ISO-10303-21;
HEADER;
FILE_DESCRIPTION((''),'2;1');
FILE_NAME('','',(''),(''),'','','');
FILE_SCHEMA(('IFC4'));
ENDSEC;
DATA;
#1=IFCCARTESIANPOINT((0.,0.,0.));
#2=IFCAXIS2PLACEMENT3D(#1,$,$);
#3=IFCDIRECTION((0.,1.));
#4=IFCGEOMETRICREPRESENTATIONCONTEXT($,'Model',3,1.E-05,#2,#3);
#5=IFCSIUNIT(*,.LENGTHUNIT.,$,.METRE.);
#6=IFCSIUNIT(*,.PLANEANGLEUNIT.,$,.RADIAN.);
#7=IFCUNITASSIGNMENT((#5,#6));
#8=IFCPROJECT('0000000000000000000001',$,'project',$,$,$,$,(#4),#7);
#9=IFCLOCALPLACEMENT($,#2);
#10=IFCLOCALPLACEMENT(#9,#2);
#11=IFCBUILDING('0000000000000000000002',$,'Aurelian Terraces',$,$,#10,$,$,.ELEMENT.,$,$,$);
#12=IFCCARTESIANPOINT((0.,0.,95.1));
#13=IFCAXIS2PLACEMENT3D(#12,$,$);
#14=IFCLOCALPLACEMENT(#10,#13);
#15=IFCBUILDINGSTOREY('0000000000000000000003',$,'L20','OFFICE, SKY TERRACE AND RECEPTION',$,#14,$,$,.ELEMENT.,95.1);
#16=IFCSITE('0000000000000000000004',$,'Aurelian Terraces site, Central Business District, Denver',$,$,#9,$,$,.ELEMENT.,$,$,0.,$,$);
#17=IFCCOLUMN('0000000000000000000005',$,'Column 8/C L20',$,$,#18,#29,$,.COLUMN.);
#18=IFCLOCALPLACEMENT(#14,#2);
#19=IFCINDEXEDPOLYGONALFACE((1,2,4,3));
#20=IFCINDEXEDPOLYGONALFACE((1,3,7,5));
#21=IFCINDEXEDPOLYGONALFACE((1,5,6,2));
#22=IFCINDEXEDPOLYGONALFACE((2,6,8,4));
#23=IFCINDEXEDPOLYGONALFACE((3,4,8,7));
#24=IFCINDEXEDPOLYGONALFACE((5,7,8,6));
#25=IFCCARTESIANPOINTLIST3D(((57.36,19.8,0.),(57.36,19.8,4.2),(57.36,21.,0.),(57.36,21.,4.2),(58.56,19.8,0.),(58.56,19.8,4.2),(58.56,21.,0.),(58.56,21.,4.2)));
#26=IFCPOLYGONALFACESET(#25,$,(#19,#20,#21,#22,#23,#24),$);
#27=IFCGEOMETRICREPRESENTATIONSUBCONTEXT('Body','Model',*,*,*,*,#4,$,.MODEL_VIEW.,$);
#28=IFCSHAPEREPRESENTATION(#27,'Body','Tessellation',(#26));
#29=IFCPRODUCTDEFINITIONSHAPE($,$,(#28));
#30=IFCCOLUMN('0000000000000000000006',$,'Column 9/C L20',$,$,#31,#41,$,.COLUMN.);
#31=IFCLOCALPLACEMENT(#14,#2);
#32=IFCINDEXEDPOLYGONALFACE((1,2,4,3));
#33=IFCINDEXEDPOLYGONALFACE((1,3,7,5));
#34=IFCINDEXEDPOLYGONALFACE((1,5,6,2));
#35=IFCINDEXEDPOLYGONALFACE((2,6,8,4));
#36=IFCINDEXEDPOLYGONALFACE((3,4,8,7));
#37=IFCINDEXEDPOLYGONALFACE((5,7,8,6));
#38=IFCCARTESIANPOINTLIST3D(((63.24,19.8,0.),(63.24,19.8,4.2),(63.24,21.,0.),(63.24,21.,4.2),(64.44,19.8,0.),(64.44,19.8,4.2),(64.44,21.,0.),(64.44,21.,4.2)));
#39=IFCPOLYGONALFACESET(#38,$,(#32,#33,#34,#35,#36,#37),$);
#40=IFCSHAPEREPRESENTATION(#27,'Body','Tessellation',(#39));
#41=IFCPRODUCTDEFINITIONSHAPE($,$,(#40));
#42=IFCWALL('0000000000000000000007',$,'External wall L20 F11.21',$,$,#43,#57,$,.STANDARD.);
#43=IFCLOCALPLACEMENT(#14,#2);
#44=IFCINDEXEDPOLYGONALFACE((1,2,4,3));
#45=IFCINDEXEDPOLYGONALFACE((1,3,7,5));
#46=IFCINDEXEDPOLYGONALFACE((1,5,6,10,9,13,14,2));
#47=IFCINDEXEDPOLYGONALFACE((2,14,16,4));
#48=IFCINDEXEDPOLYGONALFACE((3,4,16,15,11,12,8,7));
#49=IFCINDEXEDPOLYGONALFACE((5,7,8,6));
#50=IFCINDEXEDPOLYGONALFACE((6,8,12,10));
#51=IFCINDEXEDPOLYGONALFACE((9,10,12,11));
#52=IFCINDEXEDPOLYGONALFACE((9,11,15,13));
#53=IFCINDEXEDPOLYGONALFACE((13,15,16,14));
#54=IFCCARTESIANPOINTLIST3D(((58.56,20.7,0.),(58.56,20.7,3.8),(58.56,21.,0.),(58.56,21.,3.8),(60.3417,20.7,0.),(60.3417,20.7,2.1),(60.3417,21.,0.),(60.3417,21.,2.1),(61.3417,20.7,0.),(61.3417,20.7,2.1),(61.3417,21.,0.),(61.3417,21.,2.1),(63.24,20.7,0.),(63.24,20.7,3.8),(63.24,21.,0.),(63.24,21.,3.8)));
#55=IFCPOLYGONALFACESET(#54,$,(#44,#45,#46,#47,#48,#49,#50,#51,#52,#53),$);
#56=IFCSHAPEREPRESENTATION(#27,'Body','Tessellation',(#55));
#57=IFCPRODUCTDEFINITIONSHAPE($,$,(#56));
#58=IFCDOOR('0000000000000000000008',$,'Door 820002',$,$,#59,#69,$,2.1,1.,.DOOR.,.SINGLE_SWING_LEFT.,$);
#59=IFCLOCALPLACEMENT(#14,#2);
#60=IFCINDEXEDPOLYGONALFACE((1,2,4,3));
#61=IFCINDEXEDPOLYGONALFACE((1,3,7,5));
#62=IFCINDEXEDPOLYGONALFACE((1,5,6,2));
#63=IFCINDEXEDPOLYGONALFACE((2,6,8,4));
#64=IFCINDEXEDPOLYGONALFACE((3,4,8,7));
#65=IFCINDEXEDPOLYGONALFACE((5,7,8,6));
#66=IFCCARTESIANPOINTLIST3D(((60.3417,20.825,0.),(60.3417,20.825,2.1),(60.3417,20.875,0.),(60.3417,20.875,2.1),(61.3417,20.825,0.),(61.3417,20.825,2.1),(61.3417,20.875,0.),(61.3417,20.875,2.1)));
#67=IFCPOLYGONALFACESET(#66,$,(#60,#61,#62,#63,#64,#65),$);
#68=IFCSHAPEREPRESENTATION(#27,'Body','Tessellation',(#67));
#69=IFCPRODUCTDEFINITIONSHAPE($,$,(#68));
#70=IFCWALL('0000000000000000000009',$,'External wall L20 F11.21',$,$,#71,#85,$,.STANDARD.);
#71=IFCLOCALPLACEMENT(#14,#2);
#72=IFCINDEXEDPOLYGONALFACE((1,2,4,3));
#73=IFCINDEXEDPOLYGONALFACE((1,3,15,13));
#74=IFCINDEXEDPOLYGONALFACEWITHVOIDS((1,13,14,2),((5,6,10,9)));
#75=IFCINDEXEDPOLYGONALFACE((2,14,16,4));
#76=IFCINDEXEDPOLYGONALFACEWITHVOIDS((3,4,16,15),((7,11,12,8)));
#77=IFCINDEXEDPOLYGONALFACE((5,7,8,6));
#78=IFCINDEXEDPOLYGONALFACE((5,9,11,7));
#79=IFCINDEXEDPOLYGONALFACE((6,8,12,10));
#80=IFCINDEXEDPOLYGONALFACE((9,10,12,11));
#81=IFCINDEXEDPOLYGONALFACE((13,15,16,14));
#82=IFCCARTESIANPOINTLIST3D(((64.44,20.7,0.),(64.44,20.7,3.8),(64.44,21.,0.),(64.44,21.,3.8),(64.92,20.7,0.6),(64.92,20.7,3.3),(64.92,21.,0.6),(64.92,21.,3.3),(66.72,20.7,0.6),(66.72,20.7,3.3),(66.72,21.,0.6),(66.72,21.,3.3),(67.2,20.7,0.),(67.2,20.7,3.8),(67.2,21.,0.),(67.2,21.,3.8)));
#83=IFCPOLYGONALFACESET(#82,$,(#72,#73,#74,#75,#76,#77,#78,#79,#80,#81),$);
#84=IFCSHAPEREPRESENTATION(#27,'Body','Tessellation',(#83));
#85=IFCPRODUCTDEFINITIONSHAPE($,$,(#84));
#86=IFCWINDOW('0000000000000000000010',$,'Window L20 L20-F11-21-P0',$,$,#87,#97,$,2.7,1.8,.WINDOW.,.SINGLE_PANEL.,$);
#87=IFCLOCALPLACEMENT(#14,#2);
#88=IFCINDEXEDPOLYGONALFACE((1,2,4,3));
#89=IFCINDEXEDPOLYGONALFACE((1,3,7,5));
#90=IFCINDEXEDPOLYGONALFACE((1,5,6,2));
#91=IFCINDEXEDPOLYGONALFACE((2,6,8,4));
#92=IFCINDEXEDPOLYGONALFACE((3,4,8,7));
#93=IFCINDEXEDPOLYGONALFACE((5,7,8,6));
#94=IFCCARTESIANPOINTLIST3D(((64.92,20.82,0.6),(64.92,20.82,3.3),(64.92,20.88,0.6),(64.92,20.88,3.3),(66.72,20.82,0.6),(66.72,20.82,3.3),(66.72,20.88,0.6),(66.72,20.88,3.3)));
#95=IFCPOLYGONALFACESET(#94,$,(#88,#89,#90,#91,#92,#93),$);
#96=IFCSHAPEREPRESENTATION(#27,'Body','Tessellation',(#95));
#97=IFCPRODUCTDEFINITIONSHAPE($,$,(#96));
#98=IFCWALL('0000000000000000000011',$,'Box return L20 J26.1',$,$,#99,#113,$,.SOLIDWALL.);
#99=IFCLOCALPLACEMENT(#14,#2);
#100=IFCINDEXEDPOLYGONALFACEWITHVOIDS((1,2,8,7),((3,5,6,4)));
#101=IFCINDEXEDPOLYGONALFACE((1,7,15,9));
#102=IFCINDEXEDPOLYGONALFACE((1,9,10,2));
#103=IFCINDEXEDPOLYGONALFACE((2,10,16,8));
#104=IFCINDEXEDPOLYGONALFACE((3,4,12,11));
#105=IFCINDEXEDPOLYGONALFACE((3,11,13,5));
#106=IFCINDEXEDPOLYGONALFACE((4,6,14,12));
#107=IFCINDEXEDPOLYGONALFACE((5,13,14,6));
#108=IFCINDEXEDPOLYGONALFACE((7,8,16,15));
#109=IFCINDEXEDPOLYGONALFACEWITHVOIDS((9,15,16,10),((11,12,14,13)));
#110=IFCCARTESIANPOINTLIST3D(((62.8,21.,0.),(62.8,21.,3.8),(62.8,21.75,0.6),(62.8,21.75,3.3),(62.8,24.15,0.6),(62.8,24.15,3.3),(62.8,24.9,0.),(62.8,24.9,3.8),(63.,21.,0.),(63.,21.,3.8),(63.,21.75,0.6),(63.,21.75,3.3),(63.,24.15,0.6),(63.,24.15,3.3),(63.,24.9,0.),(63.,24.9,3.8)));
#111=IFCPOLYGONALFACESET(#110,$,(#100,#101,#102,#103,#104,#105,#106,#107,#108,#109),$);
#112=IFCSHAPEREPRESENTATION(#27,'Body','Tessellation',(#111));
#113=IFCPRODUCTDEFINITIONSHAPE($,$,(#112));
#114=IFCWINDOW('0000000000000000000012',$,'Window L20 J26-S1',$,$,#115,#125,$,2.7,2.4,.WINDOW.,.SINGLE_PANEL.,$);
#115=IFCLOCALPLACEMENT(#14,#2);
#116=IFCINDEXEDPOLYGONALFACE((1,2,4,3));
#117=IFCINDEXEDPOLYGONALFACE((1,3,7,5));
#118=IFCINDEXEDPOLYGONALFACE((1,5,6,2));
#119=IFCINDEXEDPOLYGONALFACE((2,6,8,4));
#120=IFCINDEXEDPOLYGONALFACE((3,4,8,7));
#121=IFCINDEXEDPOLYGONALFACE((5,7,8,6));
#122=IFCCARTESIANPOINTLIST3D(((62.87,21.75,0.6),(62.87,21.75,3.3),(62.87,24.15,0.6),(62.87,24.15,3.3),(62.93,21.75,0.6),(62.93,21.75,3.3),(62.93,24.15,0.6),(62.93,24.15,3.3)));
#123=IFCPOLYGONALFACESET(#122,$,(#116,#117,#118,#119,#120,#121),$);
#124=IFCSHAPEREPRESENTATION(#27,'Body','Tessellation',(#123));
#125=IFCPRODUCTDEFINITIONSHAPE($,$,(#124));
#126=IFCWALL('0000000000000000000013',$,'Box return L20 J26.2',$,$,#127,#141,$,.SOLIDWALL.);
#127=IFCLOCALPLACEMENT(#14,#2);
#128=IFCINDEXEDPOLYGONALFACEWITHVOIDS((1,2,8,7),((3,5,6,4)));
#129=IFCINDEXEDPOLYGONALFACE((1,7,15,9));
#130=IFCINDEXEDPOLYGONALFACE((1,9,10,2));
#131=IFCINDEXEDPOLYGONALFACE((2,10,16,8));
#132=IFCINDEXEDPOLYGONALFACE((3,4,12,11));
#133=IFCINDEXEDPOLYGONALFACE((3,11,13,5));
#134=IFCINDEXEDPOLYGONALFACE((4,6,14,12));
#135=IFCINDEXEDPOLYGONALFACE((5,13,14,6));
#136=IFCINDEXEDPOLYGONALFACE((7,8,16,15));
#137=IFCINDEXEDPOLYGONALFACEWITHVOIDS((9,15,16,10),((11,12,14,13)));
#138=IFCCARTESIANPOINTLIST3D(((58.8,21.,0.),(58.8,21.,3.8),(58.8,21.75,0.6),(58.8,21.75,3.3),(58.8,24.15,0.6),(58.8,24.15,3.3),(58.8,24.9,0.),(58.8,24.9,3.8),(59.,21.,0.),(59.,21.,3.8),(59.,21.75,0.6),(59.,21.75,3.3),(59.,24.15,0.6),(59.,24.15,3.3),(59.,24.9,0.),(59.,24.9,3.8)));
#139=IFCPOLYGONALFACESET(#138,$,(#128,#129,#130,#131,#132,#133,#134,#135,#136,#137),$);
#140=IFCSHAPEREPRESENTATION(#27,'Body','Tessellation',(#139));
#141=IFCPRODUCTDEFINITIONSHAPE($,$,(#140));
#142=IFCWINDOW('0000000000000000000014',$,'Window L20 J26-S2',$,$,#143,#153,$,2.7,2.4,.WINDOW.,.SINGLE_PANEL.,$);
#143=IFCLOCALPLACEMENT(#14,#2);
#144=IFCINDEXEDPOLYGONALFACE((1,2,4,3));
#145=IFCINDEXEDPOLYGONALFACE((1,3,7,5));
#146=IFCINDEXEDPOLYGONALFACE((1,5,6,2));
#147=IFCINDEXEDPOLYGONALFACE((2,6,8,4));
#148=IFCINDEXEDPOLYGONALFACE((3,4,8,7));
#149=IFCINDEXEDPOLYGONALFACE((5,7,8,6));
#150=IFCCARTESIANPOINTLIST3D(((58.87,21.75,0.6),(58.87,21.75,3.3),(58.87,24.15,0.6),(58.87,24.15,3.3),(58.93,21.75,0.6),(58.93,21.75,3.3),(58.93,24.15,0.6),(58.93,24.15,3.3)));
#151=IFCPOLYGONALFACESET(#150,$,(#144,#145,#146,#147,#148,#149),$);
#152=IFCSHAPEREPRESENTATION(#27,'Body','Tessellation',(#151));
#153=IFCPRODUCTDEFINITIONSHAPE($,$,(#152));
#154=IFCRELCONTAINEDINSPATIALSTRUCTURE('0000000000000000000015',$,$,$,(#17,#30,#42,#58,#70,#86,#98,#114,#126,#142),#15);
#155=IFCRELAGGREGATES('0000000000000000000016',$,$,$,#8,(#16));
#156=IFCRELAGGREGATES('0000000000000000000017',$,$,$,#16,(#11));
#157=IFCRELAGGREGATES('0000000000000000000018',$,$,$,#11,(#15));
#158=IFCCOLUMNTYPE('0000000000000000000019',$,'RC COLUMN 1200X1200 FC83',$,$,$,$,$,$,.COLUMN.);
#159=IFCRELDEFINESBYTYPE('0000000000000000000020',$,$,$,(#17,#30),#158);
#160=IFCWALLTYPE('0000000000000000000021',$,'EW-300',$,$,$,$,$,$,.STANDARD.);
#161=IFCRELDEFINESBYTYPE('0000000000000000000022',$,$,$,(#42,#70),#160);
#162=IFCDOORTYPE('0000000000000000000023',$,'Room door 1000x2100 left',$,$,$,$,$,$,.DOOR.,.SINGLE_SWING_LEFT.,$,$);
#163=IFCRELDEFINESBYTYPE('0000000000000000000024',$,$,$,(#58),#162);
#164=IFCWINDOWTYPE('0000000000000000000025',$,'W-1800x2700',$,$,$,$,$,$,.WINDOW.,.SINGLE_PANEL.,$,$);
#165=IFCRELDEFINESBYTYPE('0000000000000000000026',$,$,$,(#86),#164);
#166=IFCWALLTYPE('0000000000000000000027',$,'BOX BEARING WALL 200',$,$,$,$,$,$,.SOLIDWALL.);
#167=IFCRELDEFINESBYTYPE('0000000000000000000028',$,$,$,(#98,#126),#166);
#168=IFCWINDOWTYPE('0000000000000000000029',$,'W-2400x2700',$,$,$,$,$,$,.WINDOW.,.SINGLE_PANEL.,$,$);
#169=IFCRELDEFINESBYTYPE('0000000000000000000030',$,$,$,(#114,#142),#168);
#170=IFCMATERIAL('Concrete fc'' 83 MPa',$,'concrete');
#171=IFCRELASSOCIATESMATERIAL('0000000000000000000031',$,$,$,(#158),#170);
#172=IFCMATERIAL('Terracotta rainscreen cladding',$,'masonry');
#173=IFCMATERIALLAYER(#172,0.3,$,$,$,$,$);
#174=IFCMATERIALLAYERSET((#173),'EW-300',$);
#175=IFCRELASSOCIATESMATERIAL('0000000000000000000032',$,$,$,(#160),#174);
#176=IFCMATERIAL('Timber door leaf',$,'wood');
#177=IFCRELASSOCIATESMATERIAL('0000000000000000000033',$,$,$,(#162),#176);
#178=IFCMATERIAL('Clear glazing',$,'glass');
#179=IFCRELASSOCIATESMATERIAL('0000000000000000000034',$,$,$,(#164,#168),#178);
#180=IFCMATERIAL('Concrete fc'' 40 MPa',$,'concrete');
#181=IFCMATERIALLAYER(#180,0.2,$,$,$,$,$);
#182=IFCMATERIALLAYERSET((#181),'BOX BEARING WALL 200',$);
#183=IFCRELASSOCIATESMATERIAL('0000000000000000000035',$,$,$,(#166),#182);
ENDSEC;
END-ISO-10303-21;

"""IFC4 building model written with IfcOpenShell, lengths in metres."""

from ifc_helpers import new_model, si_unit, direction, frame, frame_2d, origin, origin_2d, place, context, subcontext, project, spatial, rectangle, extrude, source, transform, mapped, material, layer, layer_set, material_profile, profile_set, type_object, element, fill, save


model = new_model("IFC4")

# Units and contexts
model_context = context("Model", 3, precision=1e-05, world=origin(), true_north=direction((0.0, 1.0)))
body_context = subcontext(model_context, "Body", "Model", "MODEL_VIEW")
ifc_project = project(units=[si_unit("LENGTHUNIT", "METRE"), si_unit("PLANEANGLEUNIT", "RADIAN")], contexts=[model_context])

# Site, building, storey
site_placement = place(None, origin())
site = spatial("IfcSite", under=ifc_project, at=site_placement, Name="Aurelian Terraces site, Central Business District, Denver", CompositionType="ELEMENT", RefElevation=0.0)
building_placement = place(site_placement, origin())
building = spatial("IfcBuilding", under=site, at=building_placement, Name="Aurelian Terraces", CompositionType="ELEMENT")
storey_placement = place(building_placement, frame((0.0, 0.0, 95.1)))
storey = spatial("IfcBuildingStorey", under=building, at=storey_placement, Name="L20", Description="OFFICE, SKY TERRACE AND RECEPTION", CompositionType="ELEMENT", Elevation=95.1)

# Columns
ifc_material_1 = material(Name="Concrete fc' 83 MPa", Category="concrete")
ifc_material_profile = material_profile(ifc_material_1, rectangle(XDim=1.2, YDim=1.2, at=origin_2d()))
ifc_profile_set = profile_set([ifc_material_profile], Name="Concrete fc' 83 MPa")
column_type = type_object("IfcColumnType", Name="RC COLUMN 1200X1200 FC83", PredefinedType="COLUMN", material=ifc_profile_set)
shared_shape_1 = source(origin(), body_context, "Body", "SweptSolid", [
    extrude(rectangle(XDim=1.2, YDim=1.2, at=origin_2d()), origin(), (0.0, 0.0, 1.0), 4.2),
])
for number, where, z_axis, x_axis, name in (
    (1, (57.96, 20.4, 0.0), (0.0, 0.0, 1.0), (1.0, 0.0, 0.0), "Column 8/C L20"),
    (2, (63.84, 20.4, 0.0), (0.0, 0.0, 1.0), (1.0, 0.0, 0.0), "Column 9/C L20"),
):
    element("IfcColumn", number, at=place(storey_placement, frame(where, z_axis=z_axis, x_axis=x_axis)), inside=storey, type_object=column_type, Name=name, PredefinedType="COLUMN", context=body_context, shape_type="MappedRepresentation", body=[
        mapped(shared_shape_1, transform((0.0, 0.0, 0.0), scale=1.0)),
    ])

# Wall, opening, door
ifc_material_2 = material(Name="Terracotta rainscreen cladding", Category="masonry")
ifc_layer_1 = layer(ifc_material_2, 0.3)
ifc_layer_set_1 = layer_set([ifc_layer_1], Name="EW-300")
wall_type_1 = type_object("IfcWallType", Name="EW-300", PredefinedType="STANDARD", material=ifc_layer_set_1)
shared_shape_2 = source(origin(), body_context, "Body", "SweptSolid", [
    extrude(rectangle(XDim=4.68, YDim=0.3, at=frame_2d((2.34, 0.0))), origin(), (0.0, 0.0, 1.0), 3.8),
])
wall_1_placement = place(storey_placement, frame((63.24, 20.85, 0.0), z_axis=(0.0, 0.0, 1.0), x_axis=(-1.0, 0.0, 0.0)))
wall_1 = element("IfcWall", 3, at=wall_1_placement, inside=storey, type_object=wall_type_1, Name="External wall L20 F11.21", PredefinedType="STANDARD", context=body_context, shape_type="MappedRepresentation", body=[
    mapped(shared_shape_2, transform((0.0, 0.0, 0.0), scale=1.0)),
])
shared_shape_3 = source(origin(), body_context, "Body", "SweptSolid", [
    extrude(rectangle(XDim=1.0, YDim=2.1, at=frame_2d((0.5, 1.05))), frame((0.0, 0.16, 0.0), z_axis=(0.0, -1.0, 0.0), x_axis=(1.0, 0.0, 0.0)), (0.0, 0.0, 1.0), 0.32),
])
opening_1_placement = place(wall_1_placement, frame((1.8983, 0.0, 0.0)))
opening_1 = element("IfcOpeningElement", 4, at=opening_1_placement, cuts=wall_1, PredefinedType="OPENING", context=body_context, shape_type="MappedRepresentation", body=[
    mapped(shared_shape_3, transform((0.0, 0.0, 0.0), scale=1.0)),
])
ifc_material_3 = material(Name="Timber door leaf", Category="wood")
door_type = type_object("IfcDoorType", Name="Room door 1000x2100 left", OperationType="SINGLE_SWING_LEFT", PredefinedType="DOOR", material=ifc_material_3)
shared_shape_4 = source(origin(), body_context, "Body", "SweptSolid", [
    extrude(rectangle(XDim=1.0, YDim=2.1, at=frame_2d((0.5, 1.05))), frame((0.0, 0.025, 0.0), z_axis=(0.0, -1.0, 0.0), x_axis=(1.0, 0.0, 0.0)), (0.0, 0.0, 1.0), 0.05),
])
door_placement = place(opening_1_placement, origin())
door = element("IfcDoor", 5, at=door_placement, inside=storey, type_object=door_type, Name="Door 820002", OperationType="SINGLE_SWING_LEFT", OverallHeight=2.1, OverallWidth=1.0, PredefinedType="DOOR", context=body_context, shape_type="MappedRepresentation", body=[
    mapped(shared_shape_4, transform((0.0, 0.0, 0.0), scale=1.0)),
])
fill(opening_1, door)

# Walls, openings, windows
shared_shape_5 = source(origin(), body_context, "Body", "SweptSolid", [
    extrude(rectangle(XDim=2.76, YDim=0.3, at=frame_2d((1.38, 0.0))), origin(), (0.0, 0.0, 1.0), 3.8),
])
wall_2_placement = place(storey_placement, frame((67.2, 20.85, 0.0), z_axis=(0.0, 0.0, 1.0), x_axis=(-1.0, 0.0, 0.0)))
wall_2 = element("IfcWall", 6, at=wall_2_placement, inside=storey, type_object=wall_type_1, Name="External wall L20 F11.21", PredefinedType="STANDARD", context=body_context, shape_type="MappedRepresentation", body=[
    mapped(shared_shape_5, transform((0.0, 0.0, 0.0), scale=1.0)),
])
shared_shape_6 = source(origin(), body_context, "Body", "SweptSolid", [
    extrude(rectangle(XDim=1.8, YDim=2.7, at=frame_2d((0.9, 1.35))), frame((0.0, 0.16, 0.0), z_axis=(0.0, -1.0, 0.0), x_axis=(1.0, 0.0, 0.0)), (0.0, 0.0, 1.0), 0.32),
])
opening_2_placement = place(wall_2_placement, frame((0.48, 0.0, 0.6)))
opening_2 = element("IfcOpeningElement", 7, at=opening_2_placement, cuts=wall_2, PredefinedType="OPENING", context=body_context, shape_type="MappedRepresentation", body=[
    mapped(shared_shape_6, transform((0.0, 0.0, 0.0), scale=1.0)),
])
ifc_material_4 = material(Name="Clear glazing", Category="glass")
window_type_1 = type_object("IfcWindowType", Name="W-1800x2700", PartitioningType="SINGLE_PANEL", PredefinedType="WINDOW", material=ifc_material_4)
shared_shape_7 = source(origin(), body_context, "Body", "SweptSolid", [
    extrude(rectangle(XDim=1.8, YDim=2.7, at=frame_2d((0.9, 1.35))), frame((0.0, 0.03, 0.0), z_axis=(0.0, -1.0, 0.0), x_axis=(1.0, 0.0, 0.0)), (0.0, 0.0, 1.0), 0.06),
])
window_1_placement = place(opening_2_placement, origin())
window_1 = element("IfcWindow", 8, at=window_1_placement, inside=storey, type_object=window_type_1, Name="Window L20 L20-F11-21-P0", OverallHeight=2.7, OverallWidth=1.8, PartitioningType="SINGLE_PANEL", PredefinedType="WINDOW", context=body_context, shape_type="MappedRepresentation", body=[
    mapped(shared_shape_7, transform((0.0, 0.0, 0.0), scale=1.0)),
])
fill(opening_2, window_1)
ifc_material_5 = material(Name="Concrete fc' 40 MPa", Category="concrete")
ifc_layer_2 = layer(ifc_material_5, 0.2)
ifc_layer_set_2 = layer_set([ifc_layer_2], Name="BOX BEARING WALL 200")
wall_type_2 = type_object("IfcWallType", Name="BOX BEARING WALL 200", PredefinedType="SOLIDWALL", material=ifc_layer_set_2)
shared_shape_8 = source(origin(), body_context, "Body", "SweptSolid", [
    extrude(rectangle(XDim=3.9, YDim=0.2, at=frame_2d((1.95, 0.0))), origin(), (0.0, 0.0, 1.0), 3.8),
])
wall_3_placement = place(storey_placement, frame((62.9, 21.0, 0.0), z_axis=(0.0, 0.0, 1.0), x_axis=(0.0, 1.0, 0.0)))
wall_3 = element("IfcWall", 9, at=wall_3_placement, inside=storey, type_object=wall_type_2, Name="Box return L20 J26.1", PredefinedType="SOLIDWALL", context=body_context, shape_type="MappedRepresentation", body=[
    mapped(shared_shape_8, transform((0.0, 0.0, 0.0), scale=1.0)),
])
shared_shape_9 = source(origin(), body_context, "Body", "SweptSolid", [
    extrude(rectangle(XDim=2.4, YDim=2.7, at=frame_2d((1.2, 1.35))), frame((0.0, 0.11, 0.0), z_axis=(0.0, -1.0, 0.0), x_axis=(1.0, 0.0, 0.0)), (0.0, 0.0, 1.0), 0.22),
])
opening_3_placement = place(wall_3_placement, frame((0.75, 0.0, 0.6)))
opening_3 = element("IfcOpeningElement", 10, at=opening_3_placement, cuts=wall_3, PredefinedType="OPENING", context=body_context, shape_type="MappedRepresentation", body=[
    mapped(shared_shape_9, transform((0.0, 0.0, 0.0), scale=1.0)),
])
window_type_2 = type_object("IfcWindowType", Name="W-2400x2700", PartitioningType="SINGLE_PANEL", PredefinedType="WINDOW", material=ifc_material_4)
shared_shape_10 = source(origin(), body_context, "Body", "SweptSolid", [
    extrude(rectangle(XDim=2.4, YDim=2.7, at=frame_2d((1.2, 1.35))), frame((0.0, 0.03, 0.0), z_axis=(0.0, -1.0, 0.0), x_axis=(1.0, 0.0, 0.0)), (0.0, 0.0, 1.0), 0.06),
])
window_2_placement = place(opening_3_placement, origin())
window_2 = element("IfcWindow", 11, at=window_2_placement, inside=storey, type_object=window_type_2, Name="Window L20 J26-S1", OverallHeight=2.7, OverallWidth=2.4, PartitioningType="SINGLE_PANEL", PredefinedType="WINDOW", context=body_context, shape_type="MappedRepresentation", body=[
    mapped(shared_shape_10, transform((0.0, 0.0, 0.0), scale=1.0)),
])
fill(opening_3, window_2)
wall_4_placement = place(storey_placement, frame((58.9, 21.0, 0.0), z_axis=(0.0, 0.0, 1.0), x_axis=(0.0, 1.0, 0.0)))
wall_4 = element("IfcWall", 12, at=wall_4_placement, inside=storey, type_object=wall_type_2, Name="Box return L20 J26.2", PredefinedType="SOLIDWALL", context=body_context, shape_type="MappedRepresentation", body=[
    mapped(shared_shape_8, transform((0.0, 0.0, 0.0), scale=1.0)),
])
opening_4_placement = place(wall_4_placement, frame((0.75, 0.0, 0.6)))
opening_4 = element("IfcOpeningElement", 13, at=opening_4_placement, cuts=wall_4, PredefinedType="OPENING", context=body_context, shape_type="MappedRepresentation", body=[
    mapped(shared_shape_9, transform((0.0, 0.0, 0.0), scale=1.0)),
])
window_3_placement = place(opening_4_placement, origin())
window_3 = element("IfcWindow", 14, at=window_3_placement, inside=storey, type_object=window_type_2, Name="Window L20 J26-S2", OverallHeight=2.7, OverallWidth=2.4, PartitioningType="SINGLE_PANEL", PredefinedType="WINDOW", context=body_context, shape_type="MappedRepresentation", body=[
    mapped(shared_shape_10, transform((0.0, 0.0, 0.0), scale=1.0)),
])
fill(opening_4, window_3)

save(model, "model.ifc")
